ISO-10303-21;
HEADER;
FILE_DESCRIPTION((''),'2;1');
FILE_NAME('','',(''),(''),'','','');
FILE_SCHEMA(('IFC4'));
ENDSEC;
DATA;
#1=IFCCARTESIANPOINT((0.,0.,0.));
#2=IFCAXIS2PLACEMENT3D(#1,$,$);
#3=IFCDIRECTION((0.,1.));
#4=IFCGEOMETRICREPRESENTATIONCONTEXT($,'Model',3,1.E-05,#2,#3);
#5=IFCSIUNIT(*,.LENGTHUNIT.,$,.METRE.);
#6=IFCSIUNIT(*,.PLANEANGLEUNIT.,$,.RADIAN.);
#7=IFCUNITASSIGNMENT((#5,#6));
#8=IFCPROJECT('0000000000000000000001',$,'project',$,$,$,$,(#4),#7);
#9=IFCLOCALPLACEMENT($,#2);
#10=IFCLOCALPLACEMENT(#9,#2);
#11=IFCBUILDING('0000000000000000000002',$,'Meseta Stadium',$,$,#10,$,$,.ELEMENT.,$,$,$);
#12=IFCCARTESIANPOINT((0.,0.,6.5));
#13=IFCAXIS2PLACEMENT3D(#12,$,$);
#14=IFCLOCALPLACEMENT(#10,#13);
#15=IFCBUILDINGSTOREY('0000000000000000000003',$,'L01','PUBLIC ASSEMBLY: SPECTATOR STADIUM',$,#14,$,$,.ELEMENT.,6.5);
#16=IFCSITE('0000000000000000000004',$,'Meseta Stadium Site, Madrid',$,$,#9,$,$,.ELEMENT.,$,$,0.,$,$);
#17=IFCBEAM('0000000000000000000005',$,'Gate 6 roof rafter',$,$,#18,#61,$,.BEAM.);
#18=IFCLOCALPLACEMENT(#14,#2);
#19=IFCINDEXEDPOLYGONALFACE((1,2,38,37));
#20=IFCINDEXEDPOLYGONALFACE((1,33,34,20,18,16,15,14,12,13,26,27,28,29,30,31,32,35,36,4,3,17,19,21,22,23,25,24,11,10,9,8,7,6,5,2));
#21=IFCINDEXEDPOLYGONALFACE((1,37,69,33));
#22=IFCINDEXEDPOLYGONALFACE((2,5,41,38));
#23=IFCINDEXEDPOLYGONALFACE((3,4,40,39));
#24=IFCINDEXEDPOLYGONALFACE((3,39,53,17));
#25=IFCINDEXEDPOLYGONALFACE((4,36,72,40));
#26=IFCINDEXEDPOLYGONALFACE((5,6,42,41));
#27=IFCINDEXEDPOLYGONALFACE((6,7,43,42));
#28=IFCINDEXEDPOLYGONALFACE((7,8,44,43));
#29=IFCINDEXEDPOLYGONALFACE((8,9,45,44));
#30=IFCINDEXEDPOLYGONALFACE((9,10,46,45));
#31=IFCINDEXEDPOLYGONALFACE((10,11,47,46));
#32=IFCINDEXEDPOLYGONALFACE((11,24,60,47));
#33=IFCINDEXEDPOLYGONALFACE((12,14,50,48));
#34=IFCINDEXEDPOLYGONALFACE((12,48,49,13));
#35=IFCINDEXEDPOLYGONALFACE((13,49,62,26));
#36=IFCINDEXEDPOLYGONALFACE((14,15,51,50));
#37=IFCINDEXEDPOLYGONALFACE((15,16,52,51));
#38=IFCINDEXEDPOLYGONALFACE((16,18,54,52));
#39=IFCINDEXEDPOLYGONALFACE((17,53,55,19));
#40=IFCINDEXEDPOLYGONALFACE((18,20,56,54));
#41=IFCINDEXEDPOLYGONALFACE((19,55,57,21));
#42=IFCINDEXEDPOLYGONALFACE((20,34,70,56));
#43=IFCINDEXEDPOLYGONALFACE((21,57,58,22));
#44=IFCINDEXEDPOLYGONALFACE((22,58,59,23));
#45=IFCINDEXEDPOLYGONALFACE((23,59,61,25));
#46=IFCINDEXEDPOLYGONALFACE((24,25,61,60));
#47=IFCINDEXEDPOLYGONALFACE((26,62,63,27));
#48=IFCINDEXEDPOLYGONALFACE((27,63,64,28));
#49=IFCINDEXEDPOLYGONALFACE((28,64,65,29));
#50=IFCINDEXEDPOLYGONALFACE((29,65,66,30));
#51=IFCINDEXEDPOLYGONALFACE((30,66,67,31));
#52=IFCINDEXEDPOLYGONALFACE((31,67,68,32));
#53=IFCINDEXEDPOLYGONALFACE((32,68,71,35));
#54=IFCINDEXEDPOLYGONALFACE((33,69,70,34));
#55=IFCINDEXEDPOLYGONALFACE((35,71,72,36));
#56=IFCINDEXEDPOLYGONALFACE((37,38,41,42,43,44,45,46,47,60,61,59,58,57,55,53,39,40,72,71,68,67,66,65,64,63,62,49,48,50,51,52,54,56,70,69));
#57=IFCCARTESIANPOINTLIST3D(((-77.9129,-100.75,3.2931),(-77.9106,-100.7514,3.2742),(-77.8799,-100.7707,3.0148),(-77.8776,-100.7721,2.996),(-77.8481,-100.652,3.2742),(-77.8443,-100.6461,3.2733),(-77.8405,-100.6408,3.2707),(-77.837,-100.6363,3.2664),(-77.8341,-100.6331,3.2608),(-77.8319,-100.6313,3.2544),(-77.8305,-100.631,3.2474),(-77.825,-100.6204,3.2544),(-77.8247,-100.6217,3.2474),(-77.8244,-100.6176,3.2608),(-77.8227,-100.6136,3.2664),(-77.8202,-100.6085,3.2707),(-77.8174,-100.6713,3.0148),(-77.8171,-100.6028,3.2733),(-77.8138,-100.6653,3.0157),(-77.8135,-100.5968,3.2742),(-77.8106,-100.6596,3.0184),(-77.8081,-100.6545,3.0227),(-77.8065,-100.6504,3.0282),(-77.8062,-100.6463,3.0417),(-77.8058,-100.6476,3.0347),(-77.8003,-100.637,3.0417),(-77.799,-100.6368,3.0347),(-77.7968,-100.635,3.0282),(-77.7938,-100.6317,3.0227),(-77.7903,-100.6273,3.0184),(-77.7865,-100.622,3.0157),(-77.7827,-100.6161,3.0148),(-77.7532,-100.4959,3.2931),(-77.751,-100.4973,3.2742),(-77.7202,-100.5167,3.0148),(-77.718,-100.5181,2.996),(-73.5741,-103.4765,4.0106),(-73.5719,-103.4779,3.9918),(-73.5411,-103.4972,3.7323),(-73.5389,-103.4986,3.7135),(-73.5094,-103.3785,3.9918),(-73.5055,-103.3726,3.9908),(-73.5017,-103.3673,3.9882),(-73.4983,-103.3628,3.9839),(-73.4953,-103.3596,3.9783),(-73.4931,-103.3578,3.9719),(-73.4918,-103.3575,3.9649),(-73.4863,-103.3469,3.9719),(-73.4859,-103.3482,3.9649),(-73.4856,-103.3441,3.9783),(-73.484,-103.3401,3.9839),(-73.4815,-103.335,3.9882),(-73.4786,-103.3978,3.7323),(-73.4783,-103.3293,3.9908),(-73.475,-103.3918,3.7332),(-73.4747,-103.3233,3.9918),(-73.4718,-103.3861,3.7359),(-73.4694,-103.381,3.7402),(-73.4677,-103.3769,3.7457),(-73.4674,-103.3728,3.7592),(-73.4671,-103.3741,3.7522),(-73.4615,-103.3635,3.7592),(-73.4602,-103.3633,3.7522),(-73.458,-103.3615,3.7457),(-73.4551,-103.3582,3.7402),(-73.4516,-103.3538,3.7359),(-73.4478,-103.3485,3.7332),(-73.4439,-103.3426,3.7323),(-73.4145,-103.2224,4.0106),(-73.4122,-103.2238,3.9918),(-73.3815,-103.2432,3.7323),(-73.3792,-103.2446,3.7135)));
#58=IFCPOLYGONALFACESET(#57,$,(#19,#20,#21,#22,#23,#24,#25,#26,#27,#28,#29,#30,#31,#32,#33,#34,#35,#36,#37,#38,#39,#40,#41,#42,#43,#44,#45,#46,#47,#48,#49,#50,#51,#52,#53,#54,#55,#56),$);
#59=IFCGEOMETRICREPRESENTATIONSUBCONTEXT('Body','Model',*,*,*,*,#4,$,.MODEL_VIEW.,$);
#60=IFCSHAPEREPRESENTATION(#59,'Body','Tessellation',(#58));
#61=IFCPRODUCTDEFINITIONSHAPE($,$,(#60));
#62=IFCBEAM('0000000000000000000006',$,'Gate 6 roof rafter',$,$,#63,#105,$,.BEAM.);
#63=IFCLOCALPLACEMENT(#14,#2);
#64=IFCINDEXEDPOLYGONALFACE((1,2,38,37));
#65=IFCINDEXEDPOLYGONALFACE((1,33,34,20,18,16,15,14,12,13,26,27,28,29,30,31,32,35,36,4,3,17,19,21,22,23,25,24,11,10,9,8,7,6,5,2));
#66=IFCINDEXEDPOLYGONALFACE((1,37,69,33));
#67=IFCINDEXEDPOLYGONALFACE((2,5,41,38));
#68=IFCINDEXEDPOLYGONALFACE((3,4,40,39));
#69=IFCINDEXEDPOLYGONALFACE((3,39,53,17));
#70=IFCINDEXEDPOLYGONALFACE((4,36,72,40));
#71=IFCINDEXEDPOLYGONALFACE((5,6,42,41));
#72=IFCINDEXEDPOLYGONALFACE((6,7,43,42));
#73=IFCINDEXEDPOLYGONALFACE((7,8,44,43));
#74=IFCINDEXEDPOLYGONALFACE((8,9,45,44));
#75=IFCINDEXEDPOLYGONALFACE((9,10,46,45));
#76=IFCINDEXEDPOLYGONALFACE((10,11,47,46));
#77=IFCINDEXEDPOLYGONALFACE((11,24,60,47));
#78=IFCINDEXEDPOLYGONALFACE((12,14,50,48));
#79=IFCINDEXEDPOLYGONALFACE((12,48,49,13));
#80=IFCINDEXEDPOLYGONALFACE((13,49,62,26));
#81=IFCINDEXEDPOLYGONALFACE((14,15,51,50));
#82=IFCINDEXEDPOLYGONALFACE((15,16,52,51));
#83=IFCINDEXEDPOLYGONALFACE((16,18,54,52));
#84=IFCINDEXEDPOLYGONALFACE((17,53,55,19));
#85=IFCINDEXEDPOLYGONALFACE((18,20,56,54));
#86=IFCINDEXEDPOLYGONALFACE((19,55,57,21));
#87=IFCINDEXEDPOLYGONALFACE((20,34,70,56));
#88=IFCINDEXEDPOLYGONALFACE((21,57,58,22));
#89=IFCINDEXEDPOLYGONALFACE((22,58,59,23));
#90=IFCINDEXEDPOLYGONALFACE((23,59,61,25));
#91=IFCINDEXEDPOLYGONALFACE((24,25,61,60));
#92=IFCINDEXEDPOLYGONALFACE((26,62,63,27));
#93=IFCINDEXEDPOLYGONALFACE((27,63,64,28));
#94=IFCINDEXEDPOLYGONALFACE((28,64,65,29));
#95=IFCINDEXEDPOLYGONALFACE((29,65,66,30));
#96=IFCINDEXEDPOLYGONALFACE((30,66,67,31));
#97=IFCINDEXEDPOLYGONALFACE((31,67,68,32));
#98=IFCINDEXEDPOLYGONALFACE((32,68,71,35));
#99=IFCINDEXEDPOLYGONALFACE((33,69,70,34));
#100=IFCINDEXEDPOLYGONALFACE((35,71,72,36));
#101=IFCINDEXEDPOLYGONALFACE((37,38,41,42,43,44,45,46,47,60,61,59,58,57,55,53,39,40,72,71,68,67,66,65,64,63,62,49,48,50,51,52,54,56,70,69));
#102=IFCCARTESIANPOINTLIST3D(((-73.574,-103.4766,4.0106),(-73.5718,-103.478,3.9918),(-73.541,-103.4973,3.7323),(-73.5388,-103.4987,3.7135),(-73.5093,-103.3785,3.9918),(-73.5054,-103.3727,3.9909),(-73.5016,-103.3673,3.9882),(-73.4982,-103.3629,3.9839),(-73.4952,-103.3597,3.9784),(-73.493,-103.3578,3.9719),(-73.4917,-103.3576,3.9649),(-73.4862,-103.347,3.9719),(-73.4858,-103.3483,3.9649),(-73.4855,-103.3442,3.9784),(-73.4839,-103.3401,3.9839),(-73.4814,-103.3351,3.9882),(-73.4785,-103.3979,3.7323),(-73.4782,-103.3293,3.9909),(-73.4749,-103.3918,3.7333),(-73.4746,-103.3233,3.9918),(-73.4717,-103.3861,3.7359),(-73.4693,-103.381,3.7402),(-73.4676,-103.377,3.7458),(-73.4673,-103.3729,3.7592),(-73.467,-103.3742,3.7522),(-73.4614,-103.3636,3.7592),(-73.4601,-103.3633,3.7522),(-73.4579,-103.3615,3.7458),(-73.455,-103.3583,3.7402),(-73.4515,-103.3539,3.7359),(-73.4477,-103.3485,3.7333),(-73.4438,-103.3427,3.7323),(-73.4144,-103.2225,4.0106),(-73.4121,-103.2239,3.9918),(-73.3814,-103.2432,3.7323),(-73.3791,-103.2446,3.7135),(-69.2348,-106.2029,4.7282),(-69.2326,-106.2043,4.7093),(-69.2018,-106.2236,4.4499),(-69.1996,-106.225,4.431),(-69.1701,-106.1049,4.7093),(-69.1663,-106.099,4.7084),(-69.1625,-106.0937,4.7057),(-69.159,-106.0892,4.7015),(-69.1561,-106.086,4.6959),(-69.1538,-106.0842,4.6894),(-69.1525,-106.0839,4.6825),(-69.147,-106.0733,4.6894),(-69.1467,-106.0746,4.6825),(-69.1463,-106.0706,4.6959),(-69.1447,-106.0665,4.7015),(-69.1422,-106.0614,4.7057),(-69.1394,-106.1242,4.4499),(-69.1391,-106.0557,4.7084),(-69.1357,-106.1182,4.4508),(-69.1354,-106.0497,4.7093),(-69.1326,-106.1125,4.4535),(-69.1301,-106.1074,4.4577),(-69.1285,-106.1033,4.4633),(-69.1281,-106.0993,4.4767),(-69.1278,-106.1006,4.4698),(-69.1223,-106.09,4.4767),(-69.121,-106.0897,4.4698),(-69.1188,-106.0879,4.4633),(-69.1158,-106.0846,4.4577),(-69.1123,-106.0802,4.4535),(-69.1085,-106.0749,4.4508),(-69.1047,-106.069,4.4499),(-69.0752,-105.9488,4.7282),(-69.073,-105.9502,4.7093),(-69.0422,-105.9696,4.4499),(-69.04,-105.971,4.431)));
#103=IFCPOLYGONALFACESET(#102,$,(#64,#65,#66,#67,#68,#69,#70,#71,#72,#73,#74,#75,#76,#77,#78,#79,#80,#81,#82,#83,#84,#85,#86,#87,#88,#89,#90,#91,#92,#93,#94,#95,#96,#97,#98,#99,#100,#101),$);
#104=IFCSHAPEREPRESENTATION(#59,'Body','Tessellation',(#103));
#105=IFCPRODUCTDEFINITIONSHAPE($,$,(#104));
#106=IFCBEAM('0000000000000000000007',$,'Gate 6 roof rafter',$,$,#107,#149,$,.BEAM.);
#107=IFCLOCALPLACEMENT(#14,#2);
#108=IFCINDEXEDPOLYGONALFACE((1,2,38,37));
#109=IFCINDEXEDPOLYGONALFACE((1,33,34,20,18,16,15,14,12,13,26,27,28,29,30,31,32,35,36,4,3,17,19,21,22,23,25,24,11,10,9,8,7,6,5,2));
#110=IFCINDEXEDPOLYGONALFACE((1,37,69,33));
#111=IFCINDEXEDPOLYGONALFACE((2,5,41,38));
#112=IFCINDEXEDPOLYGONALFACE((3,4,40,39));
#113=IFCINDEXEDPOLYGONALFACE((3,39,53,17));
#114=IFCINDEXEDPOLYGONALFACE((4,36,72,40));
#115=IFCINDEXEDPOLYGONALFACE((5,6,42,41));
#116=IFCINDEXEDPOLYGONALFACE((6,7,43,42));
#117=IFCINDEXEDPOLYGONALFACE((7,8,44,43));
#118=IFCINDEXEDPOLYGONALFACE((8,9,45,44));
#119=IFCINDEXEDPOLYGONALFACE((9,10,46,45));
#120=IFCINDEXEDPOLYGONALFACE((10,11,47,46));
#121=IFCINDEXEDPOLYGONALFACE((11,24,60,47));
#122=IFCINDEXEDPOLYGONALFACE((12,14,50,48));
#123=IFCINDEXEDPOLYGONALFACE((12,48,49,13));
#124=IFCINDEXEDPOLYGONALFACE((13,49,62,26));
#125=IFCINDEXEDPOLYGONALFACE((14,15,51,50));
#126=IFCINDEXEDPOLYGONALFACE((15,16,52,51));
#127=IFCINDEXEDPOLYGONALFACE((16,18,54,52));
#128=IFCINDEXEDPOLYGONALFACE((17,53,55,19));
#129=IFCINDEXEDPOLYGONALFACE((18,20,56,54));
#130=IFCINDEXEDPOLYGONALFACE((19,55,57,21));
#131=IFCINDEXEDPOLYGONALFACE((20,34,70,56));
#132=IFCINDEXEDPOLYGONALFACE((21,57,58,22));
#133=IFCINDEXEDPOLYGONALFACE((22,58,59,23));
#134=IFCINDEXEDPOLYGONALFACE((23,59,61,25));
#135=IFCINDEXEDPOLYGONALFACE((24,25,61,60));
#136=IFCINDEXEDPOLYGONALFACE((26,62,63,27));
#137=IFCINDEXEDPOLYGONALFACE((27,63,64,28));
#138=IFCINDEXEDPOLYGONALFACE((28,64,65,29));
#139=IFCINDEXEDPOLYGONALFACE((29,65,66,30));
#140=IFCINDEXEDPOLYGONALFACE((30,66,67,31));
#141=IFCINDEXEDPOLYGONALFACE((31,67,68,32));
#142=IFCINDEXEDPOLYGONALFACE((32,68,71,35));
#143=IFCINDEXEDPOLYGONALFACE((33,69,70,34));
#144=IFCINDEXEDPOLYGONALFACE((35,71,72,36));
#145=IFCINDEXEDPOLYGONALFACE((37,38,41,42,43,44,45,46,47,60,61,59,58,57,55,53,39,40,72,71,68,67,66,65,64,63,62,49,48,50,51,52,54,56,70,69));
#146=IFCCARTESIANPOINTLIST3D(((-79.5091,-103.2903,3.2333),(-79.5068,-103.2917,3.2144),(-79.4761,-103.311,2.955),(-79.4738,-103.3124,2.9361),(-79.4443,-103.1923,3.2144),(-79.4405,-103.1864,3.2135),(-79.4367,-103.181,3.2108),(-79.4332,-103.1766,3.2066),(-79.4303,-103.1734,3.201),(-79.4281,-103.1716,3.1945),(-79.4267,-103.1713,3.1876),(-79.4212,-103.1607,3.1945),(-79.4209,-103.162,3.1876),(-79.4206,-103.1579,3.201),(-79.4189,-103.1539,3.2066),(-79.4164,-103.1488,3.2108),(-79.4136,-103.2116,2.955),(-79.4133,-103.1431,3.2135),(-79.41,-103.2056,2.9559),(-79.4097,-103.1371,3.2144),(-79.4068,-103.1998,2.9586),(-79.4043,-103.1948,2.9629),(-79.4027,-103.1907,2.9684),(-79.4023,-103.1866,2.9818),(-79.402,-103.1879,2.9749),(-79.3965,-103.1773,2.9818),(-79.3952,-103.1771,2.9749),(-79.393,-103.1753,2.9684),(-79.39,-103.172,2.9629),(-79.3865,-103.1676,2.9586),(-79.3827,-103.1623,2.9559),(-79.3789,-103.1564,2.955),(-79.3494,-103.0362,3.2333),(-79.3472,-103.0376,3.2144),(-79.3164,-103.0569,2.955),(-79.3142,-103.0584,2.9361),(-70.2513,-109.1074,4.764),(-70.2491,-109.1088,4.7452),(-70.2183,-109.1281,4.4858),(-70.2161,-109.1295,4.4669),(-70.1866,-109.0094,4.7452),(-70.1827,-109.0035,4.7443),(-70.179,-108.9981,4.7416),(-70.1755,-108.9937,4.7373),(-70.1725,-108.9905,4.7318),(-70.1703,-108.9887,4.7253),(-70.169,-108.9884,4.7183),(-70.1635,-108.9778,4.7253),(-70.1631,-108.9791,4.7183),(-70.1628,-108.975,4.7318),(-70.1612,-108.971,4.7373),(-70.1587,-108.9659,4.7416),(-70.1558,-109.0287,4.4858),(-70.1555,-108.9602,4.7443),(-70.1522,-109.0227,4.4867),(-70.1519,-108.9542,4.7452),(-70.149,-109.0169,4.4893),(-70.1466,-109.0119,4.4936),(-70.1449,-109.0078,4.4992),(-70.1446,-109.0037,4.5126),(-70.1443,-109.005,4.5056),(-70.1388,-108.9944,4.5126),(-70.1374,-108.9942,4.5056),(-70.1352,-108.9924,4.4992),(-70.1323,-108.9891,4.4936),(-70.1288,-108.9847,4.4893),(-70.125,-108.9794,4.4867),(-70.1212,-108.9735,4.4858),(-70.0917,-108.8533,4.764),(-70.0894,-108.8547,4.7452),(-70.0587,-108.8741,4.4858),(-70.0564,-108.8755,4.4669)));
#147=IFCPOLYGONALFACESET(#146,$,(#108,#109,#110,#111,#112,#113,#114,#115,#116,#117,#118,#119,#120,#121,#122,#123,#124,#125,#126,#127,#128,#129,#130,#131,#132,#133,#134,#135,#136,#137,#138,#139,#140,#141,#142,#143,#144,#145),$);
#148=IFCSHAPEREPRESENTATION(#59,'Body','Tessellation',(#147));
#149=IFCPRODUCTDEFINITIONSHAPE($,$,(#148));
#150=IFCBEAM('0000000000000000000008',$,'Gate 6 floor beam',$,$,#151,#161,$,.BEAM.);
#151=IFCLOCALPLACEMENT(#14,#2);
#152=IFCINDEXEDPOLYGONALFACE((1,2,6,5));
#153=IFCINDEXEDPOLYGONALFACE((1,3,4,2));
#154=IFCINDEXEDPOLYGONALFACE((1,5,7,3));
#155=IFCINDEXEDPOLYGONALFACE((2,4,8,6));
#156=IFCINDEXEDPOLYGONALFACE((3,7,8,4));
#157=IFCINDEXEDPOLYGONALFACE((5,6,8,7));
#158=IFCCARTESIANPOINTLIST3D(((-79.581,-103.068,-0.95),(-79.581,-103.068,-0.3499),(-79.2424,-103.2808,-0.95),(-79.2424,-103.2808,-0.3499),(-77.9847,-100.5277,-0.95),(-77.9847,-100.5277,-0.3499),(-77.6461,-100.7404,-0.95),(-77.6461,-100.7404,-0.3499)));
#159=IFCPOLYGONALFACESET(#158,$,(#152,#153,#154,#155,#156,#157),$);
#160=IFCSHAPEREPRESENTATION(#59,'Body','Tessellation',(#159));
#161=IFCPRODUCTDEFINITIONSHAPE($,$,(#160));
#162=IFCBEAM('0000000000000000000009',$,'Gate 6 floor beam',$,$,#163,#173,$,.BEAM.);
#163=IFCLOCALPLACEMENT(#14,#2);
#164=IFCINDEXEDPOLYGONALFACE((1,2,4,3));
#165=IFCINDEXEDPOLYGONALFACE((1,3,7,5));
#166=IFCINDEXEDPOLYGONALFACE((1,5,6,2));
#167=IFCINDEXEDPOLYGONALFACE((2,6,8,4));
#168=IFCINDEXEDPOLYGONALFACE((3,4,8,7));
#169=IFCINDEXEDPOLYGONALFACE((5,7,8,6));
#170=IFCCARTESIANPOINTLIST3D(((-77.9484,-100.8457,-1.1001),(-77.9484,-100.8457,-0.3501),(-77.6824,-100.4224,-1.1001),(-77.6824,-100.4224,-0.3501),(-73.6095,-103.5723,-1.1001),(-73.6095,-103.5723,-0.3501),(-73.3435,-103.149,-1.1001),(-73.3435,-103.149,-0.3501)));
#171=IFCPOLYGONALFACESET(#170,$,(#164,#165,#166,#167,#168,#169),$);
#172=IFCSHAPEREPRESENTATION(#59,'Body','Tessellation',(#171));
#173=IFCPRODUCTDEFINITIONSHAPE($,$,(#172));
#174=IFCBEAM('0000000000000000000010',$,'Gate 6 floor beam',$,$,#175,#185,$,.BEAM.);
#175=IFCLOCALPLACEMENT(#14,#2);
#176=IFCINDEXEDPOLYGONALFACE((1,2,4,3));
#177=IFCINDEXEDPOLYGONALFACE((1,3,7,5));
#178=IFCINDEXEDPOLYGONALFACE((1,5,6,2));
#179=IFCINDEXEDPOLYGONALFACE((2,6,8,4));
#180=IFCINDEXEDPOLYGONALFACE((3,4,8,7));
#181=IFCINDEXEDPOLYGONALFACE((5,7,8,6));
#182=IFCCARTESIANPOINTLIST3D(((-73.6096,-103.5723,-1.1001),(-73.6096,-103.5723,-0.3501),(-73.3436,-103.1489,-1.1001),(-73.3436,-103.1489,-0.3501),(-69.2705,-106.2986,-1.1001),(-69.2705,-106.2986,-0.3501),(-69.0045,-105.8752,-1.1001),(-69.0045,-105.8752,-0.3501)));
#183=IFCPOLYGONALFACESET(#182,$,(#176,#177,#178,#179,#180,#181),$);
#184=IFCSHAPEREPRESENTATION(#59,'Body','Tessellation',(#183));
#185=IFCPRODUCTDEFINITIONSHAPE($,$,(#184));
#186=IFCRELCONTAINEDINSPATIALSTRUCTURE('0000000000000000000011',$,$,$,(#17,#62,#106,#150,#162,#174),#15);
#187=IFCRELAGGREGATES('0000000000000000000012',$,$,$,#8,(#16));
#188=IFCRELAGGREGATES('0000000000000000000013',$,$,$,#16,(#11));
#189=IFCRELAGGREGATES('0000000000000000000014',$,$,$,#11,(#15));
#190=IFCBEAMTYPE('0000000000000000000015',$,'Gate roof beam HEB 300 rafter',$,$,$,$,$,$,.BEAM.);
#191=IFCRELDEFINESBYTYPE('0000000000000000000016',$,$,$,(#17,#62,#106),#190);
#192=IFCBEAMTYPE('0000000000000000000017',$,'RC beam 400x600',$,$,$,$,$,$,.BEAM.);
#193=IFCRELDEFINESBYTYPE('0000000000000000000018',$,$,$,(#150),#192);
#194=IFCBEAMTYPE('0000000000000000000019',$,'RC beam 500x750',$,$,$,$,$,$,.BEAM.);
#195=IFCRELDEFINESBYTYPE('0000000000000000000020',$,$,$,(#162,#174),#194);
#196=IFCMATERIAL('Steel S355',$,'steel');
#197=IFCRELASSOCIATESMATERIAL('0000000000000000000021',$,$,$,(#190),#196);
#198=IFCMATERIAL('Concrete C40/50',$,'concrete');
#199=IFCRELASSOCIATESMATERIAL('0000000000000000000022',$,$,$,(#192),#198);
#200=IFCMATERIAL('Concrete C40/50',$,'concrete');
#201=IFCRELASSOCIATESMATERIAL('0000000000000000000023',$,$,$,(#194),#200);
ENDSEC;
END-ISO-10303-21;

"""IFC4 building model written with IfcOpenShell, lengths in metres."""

from ifc_helpers import new_model, si_unit, direction, frame, origin, origin_2d, place, context, subcontext, project, spatial, rectangle, i_section, extrude, material, material_profile, profile_set, type_object, element, save


model = new_model("IFC4")

# Units and contexts
model_context = context("Model", 3, precision=1e-05, world=origin(), true_north=direction((0.0, 1.0)))
body_context = subcontext(model_context, "Body", "Model", "MODEL_VIEW")
ifc_project = project(units=[si_unit("LENGTHUNIT", "METRE"), si_unit("PLANEANGLEUNIT", "RADIAN")], contexts=[model_context])

# Site, building, storey
site_placement = place(None, origin())
site = spatial("IfcSite", under=ifc_project, at=site_placement, Name="Meseta Stadium Site, Madrid", CompositionType="ELEMENT", RefElevation=0.0)
building_placement = place(site_placement, origin())
building = spatial("IfcBuilding", under=site, at=building_placement, Name="Meseta Stadium", CompositionType="ELEMENT")
storey_placement = place(building_placement, frame((0.0, 0.0, 6.5)))
storey = spatial("IfcBuildingStorey", under=building, at=storey_placement, Name="L01", Description="PUBLIC ASSEMBLY: SPECTATOR STADIUM", CompositionType="ELEMENT", Elevation=6.5)

# Beams
ifc_material_1 = material(Name="Steel S355", Category="steel")
ifc_material_profile_1 = material_profile(ifc_material_1, i_section(OverallWidth=0.3, OverallDepth=0.3, WebThickness=0.011, FlangeThickness=0.019, FilletRadius=0.0271, at=origin_2d()), Name="HEB 300")
ifc_profile_set_1 = profile_set([ifc_material_profile_1], Name="Steel S355")
beam_type_1 = type_object("IfcBeamType", Name="Gate roof beam HEB 300 rafter", PredefinedType="BEAM", material=ifc_profile_set_1)
beam_1_placement = place(storey_placement, frame((-77.8154, -100.634, 3.1445), z_axis=(0.83852, -0.52693, 0.138668), x_axis=(0.53207, 0.8467, 0.0)))
element("IfcBeam", 1, at=beam_1_placement, inside=storey, type_object=beam_type_1, Name="Gate 6 roof rafter", PredefinedType="BEAM", context=body_context, shape_type="SweptSolid", body=[
    extrude(i_section(OverallWidth=0.3, OverallDepth=0.3, WebThickness=0.011, FlangeThickness=0.019, FilletRadius=0.0271, at=origin_2d()), origin(), (0.0, 0.0, 1.0), 5.1743),
])
beam_2_placement = place(storey_placement, frame((-73.4766, -103.3606, 3.8621), z_axis=(0.838555, -0.526875, 0.138666), x_axis=(0.532014, 0.846735, 0.0)))
element("IfcBeam", 2, at=beam_2_placement, inside=storey, type_object=beam_type_1, Name="Gate 6 roof rafter", PredefinedType="BEAM", context=body_context, shape_type="SweptSolid", body=[
    extrude(i_section(OverallWidth=0.3, OverallDepth=0.3, WebThickness=0.011, FlangeThickness=0.019, FilletRadius=0.0271, at=origin_2d()), origin(), (0.0, 0.0, 1.0), 5.1746),
])
beam_3_placement = place(storey_placement, frame((-79.4116, -103.1743, 3.0847), z_axis=(0.838543, -0.526898, 0.138652), x_axis=(0.532037, 0.846721, 0.0)))
element("IfcBeam", 3, at=beam_3_placement, inside=storey, type_object=beam_type_1, Name="Gate 6 roof rafter", PredefinedType="BEAM", context=body_context, shape_type="SweptSolid", body=[
    extrude(i_section(OverallWidth=0.3, OverallDepth=0.3, WebThickness=0.011, FlangeThickness=0.019, FilletRadius=0.0271, at=origin_2d()), origin(), (0.0, 0.0, 1.0), 11.0403),
])
ifc_material_2 = material(Name="Concrete C40/50", Category="concrete")
ifc_material_profile_2 = material_profile(ifc_material_2, rectangle(XDim=0.3999, YDim=0.6001, at=origin_2d()), Name="RC 400x600")
ifc_profile_set_2 = profile_set([ifc_material_profile_2], Name="Concrete C40/50")
beam_type_2 = type_object("IfcBeamType", Name="RC beam 400x600", PredefinedType="BEAM", material=ifc_profile_set_2)
beam_4_placement = place(storey_placement, frame((-77.8154, -100.634, -0.6499), z_axis=(-0.532038, -0.84672, 0.0), x_axis=(0.84672, -0.532038, 0.0)))
element("IfcBeam", 4, at=beam_4_placement, inside=storey, type_object=beam_type_2, Name="Gate 6 floor beam", PredefinedType="BEAM", context=body_context, shape_type="SweptSolid", body=[
    extrude(rectangle(XDim=0.3999, YDim=0.6001, at=origin_2d()), origin(), (0.0, 0.0, 1.0), 3.0002),
])
ifc_material_3 = material(Name="Concrete C40/50", Category="concrete")
ifc_material_profile_3 = material_profile(ifc_material_3, rectangle(XDim=0.5, YDim=0.75, at=origin_2d()), Name="RC 500x750")
ifc_profile_set_3 = profile_set([ifc_material_profile_3], Name="Concrete C40/50")
beam_type_3 = type_object("IfcBeamType", Name="RC beam 500x750", PredefinedType="BEAM", material=ifc_profile_set_3)
for number, where, z_axis, x_axis, name in (
    (5, (-77.8154, -100.634, -0.7251), (0.8467, -0.53207, 0.0), (0.53207, 0.8467, 0.0), "Gate 6 floor beam"),
    (6, (-73.4766, -103.3606, -0.7251), (0.846735, -0.532014, 0.0), (0.532014, 0.846735, 0.0), "Gate 6 floor beam"),
):
    element("IfcBeam", number, at=place(storey_placement, frame(where, z_axis=z_axis, x_axis=x_axis)), inside=storey, type_object=beam_type_3, Name=name, PredefinedType="BEAM", context=body_context, shape_type="SweptSolid", body=[
        extrude(rectangle(XDim=0.5, YDim=0.75, at=origin_2d()), origin(), (0.0, 0.0, 1.0), 5.1245),
    ])

save(model, "model.ifc")
